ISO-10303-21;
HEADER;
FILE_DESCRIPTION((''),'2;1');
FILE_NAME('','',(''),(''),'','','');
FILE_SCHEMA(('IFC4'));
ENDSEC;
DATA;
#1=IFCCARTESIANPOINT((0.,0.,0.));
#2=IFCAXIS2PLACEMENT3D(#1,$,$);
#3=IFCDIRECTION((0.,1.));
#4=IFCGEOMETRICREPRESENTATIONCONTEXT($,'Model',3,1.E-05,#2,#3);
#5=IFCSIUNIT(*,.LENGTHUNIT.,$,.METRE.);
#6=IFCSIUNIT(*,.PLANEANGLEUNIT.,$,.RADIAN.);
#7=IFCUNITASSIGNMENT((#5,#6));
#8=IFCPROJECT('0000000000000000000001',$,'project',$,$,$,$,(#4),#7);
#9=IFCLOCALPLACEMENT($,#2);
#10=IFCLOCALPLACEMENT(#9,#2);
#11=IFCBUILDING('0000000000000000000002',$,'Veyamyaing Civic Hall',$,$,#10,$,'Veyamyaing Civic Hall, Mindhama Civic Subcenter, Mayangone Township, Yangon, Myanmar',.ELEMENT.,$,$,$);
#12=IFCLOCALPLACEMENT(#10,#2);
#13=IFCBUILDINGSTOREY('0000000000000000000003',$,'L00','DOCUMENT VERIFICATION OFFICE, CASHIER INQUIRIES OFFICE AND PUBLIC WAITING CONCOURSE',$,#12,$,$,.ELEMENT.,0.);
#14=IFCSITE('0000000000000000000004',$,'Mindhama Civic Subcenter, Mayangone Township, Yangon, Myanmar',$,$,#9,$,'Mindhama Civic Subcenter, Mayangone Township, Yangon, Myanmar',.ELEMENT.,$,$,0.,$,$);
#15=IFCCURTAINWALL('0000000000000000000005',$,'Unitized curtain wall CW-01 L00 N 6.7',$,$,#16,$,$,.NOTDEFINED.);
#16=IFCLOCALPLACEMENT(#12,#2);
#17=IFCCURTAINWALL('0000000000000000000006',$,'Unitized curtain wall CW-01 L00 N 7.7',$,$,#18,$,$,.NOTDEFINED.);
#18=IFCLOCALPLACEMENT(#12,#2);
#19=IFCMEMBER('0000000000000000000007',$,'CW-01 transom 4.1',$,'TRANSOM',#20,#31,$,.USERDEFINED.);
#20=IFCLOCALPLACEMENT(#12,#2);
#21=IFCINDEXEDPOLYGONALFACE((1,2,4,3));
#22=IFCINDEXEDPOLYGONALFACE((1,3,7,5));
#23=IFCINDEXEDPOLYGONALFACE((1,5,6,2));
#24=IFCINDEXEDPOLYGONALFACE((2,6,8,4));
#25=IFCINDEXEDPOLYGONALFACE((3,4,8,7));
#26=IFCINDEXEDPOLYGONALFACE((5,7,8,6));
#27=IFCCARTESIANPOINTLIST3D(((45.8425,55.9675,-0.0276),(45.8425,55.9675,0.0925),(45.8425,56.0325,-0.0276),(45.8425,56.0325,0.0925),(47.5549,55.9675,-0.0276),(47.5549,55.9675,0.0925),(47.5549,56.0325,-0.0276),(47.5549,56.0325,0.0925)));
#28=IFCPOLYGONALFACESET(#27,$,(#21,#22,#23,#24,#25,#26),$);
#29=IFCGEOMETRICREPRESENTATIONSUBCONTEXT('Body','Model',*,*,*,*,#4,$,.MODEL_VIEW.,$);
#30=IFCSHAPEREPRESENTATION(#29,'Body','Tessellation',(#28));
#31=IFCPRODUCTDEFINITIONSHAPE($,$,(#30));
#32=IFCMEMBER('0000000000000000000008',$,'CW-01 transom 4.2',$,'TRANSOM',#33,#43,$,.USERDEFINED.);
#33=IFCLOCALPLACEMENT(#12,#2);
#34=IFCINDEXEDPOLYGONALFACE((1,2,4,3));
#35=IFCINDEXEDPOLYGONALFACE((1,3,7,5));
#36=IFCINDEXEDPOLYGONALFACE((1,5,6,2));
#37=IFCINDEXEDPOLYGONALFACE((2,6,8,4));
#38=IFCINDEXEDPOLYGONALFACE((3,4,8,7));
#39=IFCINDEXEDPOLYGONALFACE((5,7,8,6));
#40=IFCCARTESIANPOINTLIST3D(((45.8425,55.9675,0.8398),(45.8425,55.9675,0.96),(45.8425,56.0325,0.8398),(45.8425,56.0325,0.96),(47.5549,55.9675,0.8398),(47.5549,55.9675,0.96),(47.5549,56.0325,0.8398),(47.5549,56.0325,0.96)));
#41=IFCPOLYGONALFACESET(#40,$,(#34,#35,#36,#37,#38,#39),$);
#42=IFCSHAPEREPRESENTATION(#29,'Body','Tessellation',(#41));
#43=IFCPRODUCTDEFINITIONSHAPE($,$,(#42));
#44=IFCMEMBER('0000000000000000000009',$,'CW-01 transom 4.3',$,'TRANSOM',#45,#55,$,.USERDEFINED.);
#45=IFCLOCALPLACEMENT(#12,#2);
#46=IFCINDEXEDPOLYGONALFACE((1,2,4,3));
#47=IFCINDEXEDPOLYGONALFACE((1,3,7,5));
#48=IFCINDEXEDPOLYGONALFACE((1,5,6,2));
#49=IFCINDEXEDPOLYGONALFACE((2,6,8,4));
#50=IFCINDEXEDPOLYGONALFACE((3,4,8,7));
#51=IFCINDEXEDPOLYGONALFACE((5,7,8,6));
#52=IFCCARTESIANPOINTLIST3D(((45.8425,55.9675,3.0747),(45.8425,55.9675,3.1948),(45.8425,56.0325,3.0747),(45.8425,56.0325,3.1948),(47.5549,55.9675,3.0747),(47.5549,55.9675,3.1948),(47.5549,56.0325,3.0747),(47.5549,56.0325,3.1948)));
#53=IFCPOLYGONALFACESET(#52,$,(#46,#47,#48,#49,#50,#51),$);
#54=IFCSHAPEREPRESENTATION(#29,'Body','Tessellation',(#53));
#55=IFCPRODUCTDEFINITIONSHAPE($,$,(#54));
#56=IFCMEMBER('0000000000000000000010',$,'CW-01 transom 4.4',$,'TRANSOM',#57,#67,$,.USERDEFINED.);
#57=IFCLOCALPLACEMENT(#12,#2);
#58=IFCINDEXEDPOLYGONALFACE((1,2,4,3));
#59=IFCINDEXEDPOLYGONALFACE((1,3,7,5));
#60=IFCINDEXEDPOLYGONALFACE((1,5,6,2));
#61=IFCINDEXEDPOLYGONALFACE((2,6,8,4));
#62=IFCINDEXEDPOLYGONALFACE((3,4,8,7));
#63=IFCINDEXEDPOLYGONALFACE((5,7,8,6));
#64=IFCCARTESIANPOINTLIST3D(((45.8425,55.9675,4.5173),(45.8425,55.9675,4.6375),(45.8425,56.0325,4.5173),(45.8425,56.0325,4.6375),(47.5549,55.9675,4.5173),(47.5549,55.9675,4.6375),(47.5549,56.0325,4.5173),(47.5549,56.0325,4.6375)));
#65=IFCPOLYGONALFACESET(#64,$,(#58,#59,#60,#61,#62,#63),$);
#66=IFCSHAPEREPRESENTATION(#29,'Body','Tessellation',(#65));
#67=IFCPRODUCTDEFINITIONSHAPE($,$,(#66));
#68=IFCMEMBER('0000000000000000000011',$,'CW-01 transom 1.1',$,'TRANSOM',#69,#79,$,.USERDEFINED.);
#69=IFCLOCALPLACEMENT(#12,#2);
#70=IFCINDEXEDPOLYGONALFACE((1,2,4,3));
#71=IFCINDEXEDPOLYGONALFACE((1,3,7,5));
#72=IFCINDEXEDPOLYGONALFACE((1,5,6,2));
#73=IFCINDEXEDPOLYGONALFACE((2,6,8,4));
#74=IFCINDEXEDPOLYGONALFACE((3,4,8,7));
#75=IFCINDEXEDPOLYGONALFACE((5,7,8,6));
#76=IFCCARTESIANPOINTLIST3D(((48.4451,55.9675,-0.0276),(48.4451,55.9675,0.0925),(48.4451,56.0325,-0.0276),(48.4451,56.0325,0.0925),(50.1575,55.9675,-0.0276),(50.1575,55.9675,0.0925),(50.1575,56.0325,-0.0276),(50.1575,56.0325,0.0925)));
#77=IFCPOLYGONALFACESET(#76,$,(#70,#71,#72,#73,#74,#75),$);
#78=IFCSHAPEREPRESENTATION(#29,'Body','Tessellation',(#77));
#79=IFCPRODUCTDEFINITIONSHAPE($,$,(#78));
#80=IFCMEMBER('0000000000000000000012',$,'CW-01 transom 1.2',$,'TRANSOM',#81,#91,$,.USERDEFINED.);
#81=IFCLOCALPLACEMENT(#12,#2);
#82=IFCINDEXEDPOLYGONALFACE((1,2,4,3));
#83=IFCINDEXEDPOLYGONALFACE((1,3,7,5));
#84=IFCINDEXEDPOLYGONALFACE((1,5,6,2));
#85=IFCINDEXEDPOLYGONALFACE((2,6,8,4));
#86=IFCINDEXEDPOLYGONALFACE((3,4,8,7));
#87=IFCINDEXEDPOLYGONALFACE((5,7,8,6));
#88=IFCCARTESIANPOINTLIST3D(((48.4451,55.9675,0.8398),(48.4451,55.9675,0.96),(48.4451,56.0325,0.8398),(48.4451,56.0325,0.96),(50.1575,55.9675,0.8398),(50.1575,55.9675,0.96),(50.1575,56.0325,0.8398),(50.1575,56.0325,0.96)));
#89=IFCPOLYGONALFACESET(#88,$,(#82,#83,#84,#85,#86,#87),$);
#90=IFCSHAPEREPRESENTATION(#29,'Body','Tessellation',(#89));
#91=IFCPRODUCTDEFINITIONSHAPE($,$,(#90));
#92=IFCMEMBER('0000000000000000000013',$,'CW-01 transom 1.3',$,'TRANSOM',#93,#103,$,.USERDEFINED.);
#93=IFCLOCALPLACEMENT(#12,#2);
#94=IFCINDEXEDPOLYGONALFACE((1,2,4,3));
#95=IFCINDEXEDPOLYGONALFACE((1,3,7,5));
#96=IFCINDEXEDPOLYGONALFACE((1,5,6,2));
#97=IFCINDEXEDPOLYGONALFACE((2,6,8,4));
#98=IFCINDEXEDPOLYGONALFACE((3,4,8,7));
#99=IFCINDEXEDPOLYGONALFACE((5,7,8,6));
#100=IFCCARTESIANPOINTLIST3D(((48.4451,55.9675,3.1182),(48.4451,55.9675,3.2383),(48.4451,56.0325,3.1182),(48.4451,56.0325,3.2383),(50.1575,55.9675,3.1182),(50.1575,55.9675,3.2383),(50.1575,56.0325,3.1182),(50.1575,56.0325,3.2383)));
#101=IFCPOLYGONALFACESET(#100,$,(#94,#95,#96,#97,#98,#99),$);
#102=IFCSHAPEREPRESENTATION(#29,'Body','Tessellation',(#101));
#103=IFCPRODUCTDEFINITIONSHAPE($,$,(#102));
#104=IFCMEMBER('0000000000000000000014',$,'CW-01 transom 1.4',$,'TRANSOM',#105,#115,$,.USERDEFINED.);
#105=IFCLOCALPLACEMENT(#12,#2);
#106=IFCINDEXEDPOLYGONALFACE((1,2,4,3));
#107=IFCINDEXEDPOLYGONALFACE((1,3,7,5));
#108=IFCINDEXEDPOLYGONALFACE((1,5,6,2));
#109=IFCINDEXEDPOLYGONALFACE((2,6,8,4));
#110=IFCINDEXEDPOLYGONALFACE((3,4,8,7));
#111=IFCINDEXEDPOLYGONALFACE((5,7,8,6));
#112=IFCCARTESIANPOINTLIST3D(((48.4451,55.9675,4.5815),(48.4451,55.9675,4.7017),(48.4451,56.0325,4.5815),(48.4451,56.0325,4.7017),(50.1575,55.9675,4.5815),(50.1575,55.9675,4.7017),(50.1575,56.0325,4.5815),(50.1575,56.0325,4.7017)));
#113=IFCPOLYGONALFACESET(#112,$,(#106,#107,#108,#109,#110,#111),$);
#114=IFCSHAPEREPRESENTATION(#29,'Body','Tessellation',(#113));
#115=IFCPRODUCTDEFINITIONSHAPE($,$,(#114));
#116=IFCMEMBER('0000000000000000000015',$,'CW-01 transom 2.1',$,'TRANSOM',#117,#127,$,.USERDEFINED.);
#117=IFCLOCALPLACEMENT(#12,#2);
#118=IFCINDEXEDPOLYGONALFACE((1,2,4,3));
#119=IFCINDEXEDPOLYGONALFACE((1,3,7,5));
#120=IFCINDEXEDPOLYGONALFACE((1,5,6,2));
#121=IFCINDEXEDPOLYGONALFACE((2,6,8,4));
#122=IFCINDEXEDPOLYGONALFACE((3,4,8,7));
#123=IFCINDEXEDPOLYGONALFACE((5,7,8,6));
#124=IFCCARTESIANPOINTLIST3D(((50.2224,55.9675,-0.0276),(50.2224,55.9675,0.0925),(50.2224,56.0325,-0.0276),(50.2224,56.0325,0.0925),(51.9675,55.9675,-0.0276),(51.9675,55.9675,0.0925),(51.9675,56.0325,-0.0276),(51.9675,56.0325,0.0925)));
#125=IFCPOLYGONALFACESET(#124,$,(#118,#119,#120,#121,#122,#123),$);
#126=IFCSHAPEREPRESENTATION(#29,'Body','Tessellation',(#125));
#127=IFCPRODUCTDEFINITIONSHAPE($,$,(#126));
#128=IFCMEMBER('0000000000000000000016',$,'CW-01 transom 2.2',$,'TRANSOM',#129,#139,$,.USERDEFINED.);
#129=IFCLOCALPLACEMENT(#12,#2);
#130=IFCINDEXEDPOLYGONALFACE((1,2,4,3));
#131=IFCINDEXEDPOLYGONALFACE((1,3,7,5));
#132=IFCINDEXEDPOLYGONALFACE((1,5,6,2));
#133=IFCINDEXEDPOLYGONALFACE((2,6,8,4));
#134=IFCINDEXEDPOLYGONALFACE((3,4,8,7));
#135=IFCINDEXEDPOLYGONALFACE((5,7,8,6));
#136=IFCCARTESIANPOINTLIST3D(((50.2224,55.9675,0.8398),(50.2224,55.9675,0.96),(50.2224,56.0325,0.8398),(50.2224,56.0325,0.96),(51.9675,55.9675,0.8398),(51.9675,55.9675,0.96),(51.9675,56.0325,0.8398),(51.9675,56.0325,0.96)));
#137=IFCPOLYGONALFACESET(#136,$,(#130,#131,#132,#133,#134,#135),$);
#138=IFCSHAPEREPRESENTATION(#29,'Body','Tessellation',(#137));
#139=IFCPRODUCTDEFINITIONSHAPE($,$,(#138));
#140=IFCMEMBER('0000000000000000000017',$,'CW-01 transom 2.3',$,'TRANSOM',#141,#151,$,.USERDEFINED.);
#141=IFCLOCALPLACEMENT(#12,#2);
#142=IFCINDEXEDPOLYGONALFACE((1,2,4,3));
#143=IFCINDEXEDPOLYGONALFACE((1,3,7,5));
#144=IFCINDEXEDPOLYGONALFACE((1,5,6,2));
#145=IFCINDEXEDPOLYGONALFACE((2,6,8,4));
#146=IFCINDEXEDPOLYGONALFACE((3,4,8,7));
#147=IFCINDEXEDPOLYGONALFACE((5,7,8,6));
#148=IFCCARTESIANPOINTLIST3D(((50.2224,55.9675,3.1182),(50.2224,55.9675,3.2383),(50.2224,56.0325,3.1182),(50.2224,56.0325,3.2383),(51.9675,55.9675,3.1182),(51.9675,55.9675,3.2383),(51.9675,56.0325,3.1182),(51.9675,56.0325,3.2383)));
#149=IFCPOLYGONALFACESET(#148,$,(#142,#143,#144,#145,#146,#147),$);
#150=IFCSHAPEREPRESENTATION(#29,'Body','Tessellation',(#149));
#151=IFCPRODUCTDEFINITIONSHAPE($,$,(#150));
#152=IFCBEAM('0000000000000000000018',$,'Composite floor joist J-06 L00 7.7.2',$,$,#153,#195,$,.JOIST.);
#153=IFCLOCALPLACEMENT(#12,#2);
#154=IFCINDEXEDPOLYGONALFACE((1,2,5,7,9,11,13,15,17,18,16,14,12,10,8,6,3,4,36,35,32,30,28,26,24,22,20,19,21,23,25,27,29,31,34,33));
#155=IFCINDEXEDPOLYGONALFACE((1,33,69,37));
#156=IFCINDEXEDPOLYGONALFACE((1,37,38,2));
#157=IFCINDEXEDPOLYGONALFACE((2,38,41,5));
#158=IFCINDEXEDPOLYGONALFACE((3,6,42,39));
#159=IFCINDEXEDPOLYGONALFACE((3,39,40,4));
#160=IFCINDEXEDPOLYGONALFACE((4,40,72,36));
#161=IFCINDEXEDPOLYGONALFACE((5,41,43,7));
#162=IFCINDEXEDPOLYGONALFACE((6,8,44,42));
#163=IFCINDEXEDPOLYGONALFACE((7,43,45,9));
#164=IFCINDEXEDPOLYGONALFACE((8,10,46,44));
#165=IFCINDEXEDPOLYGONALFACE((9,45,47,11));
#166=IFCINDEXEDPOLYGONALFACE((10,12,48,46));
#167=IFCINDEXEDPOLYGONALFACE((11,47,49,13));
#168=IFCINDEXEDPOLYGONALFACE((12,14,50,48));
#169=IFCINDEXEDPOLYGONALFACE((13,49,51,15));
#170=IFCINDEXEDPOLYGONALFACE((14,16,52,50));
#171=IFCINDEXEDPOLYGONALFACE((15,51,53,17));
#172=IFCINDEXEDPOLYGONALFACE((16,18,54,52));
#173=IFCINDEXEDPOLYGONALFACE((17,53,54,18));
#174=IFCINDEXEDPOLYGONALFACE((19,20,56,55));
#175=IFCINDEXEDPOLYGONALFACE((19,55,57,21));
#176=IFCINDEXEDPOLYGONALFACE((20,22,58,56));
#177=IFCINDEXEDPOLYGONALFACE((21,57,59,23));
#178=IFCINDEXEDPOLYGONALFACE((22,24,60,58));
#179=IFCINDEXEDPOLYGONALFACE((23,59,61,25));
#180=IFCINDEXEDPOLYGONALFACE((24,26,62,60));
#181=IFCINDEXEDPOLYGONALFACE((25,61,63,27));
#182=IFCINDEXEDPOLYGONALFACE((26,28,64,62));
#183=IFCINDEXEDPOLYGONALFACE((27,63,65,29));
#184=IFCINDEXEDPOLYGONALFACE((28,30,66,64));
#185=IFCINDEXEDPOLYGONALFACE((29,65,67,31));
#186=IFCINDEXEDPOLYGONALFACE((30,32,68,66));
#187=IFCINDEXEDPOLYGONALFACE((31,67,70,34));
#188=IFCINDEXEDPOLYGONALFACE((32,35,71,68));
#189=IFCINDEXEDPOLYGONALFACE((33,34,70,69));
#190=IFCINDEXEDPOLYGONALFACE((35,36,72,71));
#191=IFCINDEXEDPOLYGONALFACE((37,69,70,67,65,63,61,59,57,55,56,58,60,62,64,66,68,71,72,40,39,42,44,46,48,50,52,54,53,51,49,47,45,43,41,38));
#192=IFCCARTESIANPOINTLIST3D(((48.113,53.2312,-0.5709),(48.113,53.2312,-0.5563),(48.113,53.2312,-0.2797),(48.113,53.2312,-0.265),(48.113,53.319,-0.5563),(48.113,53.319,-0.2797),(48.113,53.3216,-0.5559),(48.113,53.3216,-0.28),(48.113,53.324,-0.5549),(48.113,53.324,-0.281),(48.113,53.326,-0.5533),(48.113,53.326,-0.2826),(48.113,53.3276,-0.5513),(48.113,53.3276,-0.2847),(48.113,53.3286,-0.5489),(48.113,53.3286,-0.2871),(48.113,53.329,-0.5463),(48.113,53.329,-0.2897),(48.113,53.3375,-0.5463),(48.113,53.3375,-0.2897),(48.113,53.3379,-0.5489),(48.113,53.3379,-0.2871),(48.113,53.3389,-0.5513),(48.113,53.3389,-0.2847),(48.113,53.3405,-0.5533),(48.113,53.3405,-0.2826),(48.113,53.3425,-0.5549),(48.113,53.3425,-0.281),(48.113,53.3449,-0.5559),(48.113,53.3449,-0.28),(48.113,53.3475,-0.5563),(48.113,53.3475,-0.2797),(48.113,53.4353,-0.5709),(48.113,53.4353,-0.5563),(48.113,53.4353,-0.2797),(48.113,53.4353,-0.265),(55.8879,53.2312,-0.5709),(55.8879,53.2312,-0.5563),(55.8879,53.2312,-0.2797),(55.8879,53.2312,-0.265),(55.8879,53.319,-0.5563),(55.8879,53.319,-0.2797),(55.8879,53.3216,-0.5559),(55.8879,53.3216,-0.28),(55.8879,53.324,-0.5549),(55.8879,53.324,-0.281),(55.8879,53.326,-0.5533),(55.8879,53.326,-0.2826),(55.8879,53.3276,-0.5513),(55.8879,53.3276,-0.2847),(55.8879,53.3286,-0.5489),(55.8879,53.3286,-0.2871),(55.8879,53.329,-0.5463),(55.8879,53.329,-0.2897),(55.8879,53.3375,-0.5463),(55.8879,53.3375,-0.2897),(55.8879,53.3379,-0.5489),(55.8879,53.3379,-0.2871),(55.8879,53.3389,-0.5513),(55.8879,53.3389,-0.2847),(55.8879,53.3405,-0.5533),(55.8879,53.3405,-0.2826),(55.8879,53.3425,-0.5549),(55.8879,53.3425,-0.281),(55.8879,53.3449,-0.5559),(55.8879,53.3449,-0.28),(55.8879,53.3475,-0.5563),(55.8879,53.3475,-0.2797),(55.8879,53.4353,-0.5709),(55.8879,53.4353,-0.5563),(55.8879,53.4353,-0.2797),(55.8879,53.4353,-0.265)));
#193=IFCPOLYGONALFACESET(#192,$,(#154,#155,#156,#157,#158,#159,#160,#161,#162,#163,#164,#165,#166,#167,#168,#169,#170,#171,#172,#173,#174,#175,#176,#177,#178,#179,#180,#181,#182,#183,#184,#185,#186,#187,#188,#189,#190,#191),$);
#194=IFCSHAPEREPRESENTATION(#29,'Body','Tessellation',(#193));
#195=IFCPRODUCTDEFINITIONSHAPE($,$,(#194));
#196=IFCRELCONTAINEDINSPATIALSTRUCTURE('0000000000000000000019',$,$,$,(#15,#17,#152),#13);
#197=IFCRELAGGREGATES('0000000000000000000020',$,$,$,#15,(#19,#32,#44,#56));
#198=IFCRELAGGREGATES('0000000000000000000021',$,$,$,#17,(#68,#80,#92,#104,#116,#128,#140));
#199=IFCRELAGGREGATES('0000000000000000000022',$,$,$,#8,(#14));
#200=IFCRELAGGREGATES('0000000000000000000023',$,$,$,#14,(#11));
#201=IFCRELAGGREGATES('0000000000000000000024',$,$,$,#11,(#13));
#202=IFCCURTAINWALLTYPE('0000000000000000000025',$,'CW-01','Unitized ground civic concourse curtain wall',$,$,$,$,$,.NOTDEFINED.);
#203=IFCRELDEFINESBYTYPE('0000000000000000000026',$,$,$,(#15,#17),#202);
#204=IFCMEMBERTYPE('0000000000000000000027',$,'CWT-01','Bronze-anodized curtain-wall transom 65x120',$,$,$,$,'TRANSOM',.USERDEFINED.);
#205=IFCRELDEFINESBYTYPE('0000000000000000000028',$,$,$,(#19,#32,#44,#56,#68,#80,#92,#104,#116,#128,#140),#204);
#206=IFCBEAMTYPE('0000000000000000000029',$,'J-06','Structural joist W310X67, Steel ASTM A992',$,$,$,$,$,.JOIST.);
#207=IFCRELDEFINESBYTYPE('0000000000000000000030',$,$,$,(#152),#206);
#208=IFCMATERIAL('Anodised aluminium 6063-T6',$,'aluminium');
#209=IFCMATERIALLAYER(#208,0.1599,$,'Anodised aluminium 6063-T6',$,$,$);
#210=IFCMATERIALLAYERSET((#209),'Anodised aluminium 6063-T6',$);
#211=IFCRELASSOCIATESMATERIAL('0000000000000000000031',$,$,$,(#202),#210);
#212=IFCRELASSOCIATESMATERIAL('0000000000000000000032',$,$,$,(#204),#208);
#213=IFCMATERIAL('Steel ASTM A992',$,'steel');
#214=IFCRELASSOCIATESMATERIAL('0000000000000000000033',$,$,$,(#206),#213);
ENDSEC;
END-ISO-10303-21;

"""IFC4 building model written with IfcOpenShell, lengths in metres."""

from ifc_helpers import new_model, si_unit, direction, frame, origin, origin_2d, place, context, subcontext, project, spatial, rectangle, i_section, extrude, material, layer, layer_set, material_profile, profile_set, type_object, element, aggregate, save


model = new_model("IFC4")

# Units and contexts
model_context = context("Model", 3, precision=1e-05, world=origin(), true_north=direction((0.0, 1.0)))
body_context = subcontext(model_context, "Body", "Model", "MODEL_VIEW")
ifc_project = project(units=[si_unit("LENGTHUNIT", "METRE"), si_unit("PLANEANGLEUNIT", "RADIAN")], contexts=[model_context])

# Site, building, storey
site_placement = place(None, origin())
site = spatial("IfcSite", under=ifc_project, at=site_placement, Name="Mindhama Civic Subcenter, Mayangone Township, Yangon, Myanmar", LongName="Mindhama Civic Subcenter, Mayangone Township, Yangon, Myanmar", CompositionType="ELEMENT", RefElevation=0.0)
building_placement = place(site_placement, origin())
building = spatial("IfcBuilding", under=site, at=building_placement, Name="Veyamyaing Civic Hall", LongName="Veyamyaing Civic Hall, Mindhama Civic Subcenter, Mayangone Township, Yangon, Myanmar", CompositionType="ELEMENT")
storey_placement = place(building_placement, origin())
storey = spatial("IfcBuildingStorey", under=building, at=storey_placement, Name="L00", Description="DOCUMENT VERIFICATION OFFICE, CASHIER INQUIRIES OFFICE AND PUBLIC WAITING CONCOURSE", CompositionType="ELEMENT", Elevation=0.0)

# Shared definitions
ifc_material_1 = material(Name="Steel ASTM A992", Category="steel")

# Curtain walls
ifc_material_2 = material(Name="Anodised aluminium 6063-T6", Category="aluminium")
ifc_layer_1 = layer(ifc_material_2, 0.1599, Name="Anodised aluminium 6063-T6")
ifc_layer_set_1 = layer_set([ifc_layer_1], Name="Anodised aluminium 6063-T6")
curtain_wall_type = type_object("IfcCurtainWallType", Name="CW-01", Description="Unitized ground civic concourse curtain wall", PredefinedType="NOTDEFINED", material=ifc_layer_set_1)
curtain_wall_1_placement = place(storey_placement, origin())
curtain_wall_1 = element("IfcCurtainWall", 1, at=curtain_wall_1_placement, inside=storey, type_object=curtain_wall_type, Name="Unitized curtain wall CW-01 L00 N 6.7", PredefinedType="NOTDEFINED")
curtain_wall_2_placement = place(storey_placement, origin())
curtain_wall_2 = element("IfcCurtainWall", 2, at=curtain_wall_2_placement, inside=storey, type_object=curtain_wall_type, Name="Unitized curtain wall CW-01 L00 N 7.7", PredefinedType="NOTDEFINED")

# Members
ifc_material_profile_1 = material_profile(ifc_material_2, rectangle(XDim=0.0649, YDim=0.1201, at=origin_2d()), Name="ALU-TRN-65X120")
ifc_profile_set_1 = profile_set([ifc_material_profile_1], Name="Anodised aluminium 6063-T6")
member_type_1 = type_object("IfcMemberType", Name="CWT-01", Description="Bronze-anodized curtain-wall transom 65x120", ElementType="TRANSOM", PredefinedType="USERDEFINED", material=ifc_profile_set_1)
member_1_placement = place(storey_placement, frame((45.8425, 56.0, 0.0325), z_axis=(1.0, 0.0, 0.0), x_axis=(0.0, 1.0, 0.0)))
member_1 = element("IfcMember", 3, at=member_1_placement, type_object=member_type_1, Name="CW-01 transom 4.1", ObjectType="TRANSOM", PredefinedType="USERDEFINED", context=body_context, shape_type="SweptSolid", body=[
    extrude(rectangle(XDim=0.0649, YDim=0.1201, at=origin_2d()), origin(), (0.0, 0.0, 1.0), 1.7124),
])
member_2_placement = place(storey_placement, frame((45.8425, 56.0, 0.8999), z_axis=(1.0, 0.0, 0.0), x_axis=(0.0, 1.0, 0.0)))
member_2 = element("IfcMember", 4, at=member_2_placement, type_object=member_type_1, Name="CW-01 transom 4.2", ObjectType="TRANSOM", PredefinedType="USERDEFINED", context=body_context, shape_type="SweptSolid", body=[
    extrude(rectangle(XDim=0.0649, YDim=0.1201, at=origin_2d()), origin(), (0.0, 0.0, 1.0), 1.7124),
])
member_3_placement = place(storey_placement, frame((45.8425, 56.0, 3.1348), z_axis=(1.0, 0.0, 0.0), x_axis=(0.0, 1.0, 0.0)))
member_3 = element("IfcMember", 5, at=member_3_placement, type_object=member_type_1, Name="CW-01 transom 4.3", ObjectType="TRANSOM", PredefinedType="USERDEFINED", context=body_context, shape_type="SweptSolid", body=[
    extrude(rectangle(XDim=0.0649, YDim=0.1201, at=origin_2d()), origin(), (0.0, 0.0, 1.0), 1.7124),
])
member_4_placement = place(storey_placement, frame((45.8425, 56.0, 4.5774), z_axis=(1.0, 0.0, 0.0), x_axis=(0.0, 1.0, 0.0)))
member_4 = element("IfcMember", 6, at=member_4_placement, type_object=member_type_1, Name="CW-01 transom 4.4", ObjectType="TRANSOM", PredefinedType="USERDEFINED", context=body_context, shape_type="SweptSolid", body=[
    extrude(rectangle(XDim=0.0649, YDim=0.1201, at=origin_2d()), origin(), (0.0, 0.0, 1.0), 1.7124),
])
member_5_placement = place(storey_placement, frame((48.4451, 56.0, 0.0325), z_axis=(1.0, 0.0, 0.0), x_axis=(0.0, 1.0, 0.0)))
member_5 = element("IfcMember", 7, at=member_5_placement, type_object=member_type_1, Name="CW-01 transom 1.1", ObjectType="TRANSOM", PredefinedType="USERDEFINED", context=body_context, shape_type="SweptSolid", body=[
    extrude(rectangle(XDim=0.0649, YDim=0.1201, at=origin_2d()), origin(), (0.0, 0.0, 1.0), 1.7124),
])
member_6_placement = place(storey_placement, frame((48.4451, 56.0, 0.8999), z_axis=(1.0, 0.0, 0.0), x_axis=(0.0, 1.0, 0.0)))
member_6 = element("IfcMember", 8, at=member_6_placement, type_object=member_type_1, Name="CW-01 transom 1.2", ObjectType="TRANSOM", PredefinedType="USERDEFINED", context=body_context, shape_type="SweptSolid", body=[
    extrude(rectangle(XDim=0.0649, YDim=0.1201, at=origin_2d()), origin(), (0.0, 0.0, 1.0), 1.7124),
])
member_7_placement = place(storey_placement, frame((48.4451, 56.0, 3.1782), z_axis=(1.0, 0.0, 0.0), x_axis=(0.0, 1.0, 0.0)))
member_7 = element("IfcMember", 9, at=member_7_placement, type_object=member_type_1, Name="CW-01 transom 1.3", ObjectType="TRANSOM", PredefinedType="USERDEFINED", context=body_context, shape_type="SweptSolid", body=[
    extrude(rectangle(XDim=0.0649, YDim=0.1201, at=origin_2d()), origin(), (0.0, 0.0, 1.0), 1.7124),
])
member_8_placement = place(storey_placement, frame((48.4451, 56.0, 4.6416), z_axis=(1.0, 0.0, 0.0), x_axis=(0.0, 1.0, 0.0)))
member_8 = element("IfcMember", 10, at=member_8_placement, type_object=member_type_1, Name="CW-01 transom 1.4", ObjectType="TRANSOM", PredefinedType="USERDEFINED", context=body_context, shape_type="SweptSolid", body=[
    extrude(rectangle(XDim=0.0649, YDim=0.1201, at=origin_2d()), origin(), (0.0, 0.0, 1.0), 1.7124),
])
member_9_placement = place(storey_placement, frame((50.2224, 56.0, 0.0325), z_axis=(1.0, 0.0, 0.0), x_axis=(0.0, 1.0, 0.0)))
member_9 = element("IfcMember", 11, at=member_9_placement, type_object=member_type_1, Name="CW-01 transom 2.1", ObjectType="TRANSOM", PredefinedType="USERDEFINED", context=body_context, shape_type="SweptSolid", body=[
    extrude(rectangle(XDim=0.0649, YDim=0.1201, at=origin_2d()), origin(), (0.0, 0.0, 1.0), 1.7451),
])
member_10_placement = place(storey_placement, frame((50.2224, 56.0, 0.8999), z_axis=(1.0, 0.0, 0.0), x_axis=(0.0, 1.0, 0.0)))
member_10 = element("IfcMember", 12, at=member_10_placement, type_object=member_type_1, Name="CW-01 transom 2.2", ObjectType="TRANSOM", PredefinedType="USERDEFINED", context=body_context, shape_type="SweptSolid", body=[
    extrude(rectangle(XDim=0.0649, YDim=0.1201, at=origin_2d()), origin(), (0.0, 0.0, 1.0), 1.7451),
])
member_11_placement = place(storey_placement, frame((50.2224, 56.0, 3.1782), z_axis=(1.0, 0.0, 0.0), x_axis=(0.0, 1.0, 0.0)))
member_11 = element("IfcMember", 13, at=member_11_placement, type_object=member_type_1, Name="CW-01 transom 2.3", ObjectType="TRANSOM", PredefinedType="USERDEFINED", context=body_context, shape_type="SweptSolid", body=[
    extrude(rectangle(XDim=0.0649, YDim=0.1201, at=origin_2d()), origin(), (0.0, 0.0, 1.0), 1.7451),
])

# Beam
ifc_material_profile_2 = material_profile(ifc_material_1, i_section(OverallWidth=0.2041, OverallDepth=0.3059, WebThickness=0.0085, FlangeThickness=0.0146, FilletRadius=0.01, at=origin_2d()), Name="W310X67")
ifc_profile_set_2 = profile_set([ifc_material_profile_2], Name="Steel ASTM A992")
beam_type_1 = type_object("IfcBeamType", Name="J-06", Description="Structural joist W310X67, Steel ASTM A992", PredefinedType="JOIST", material=ifc_profile_set_2)
beam_1_placement = place(storey_placement, frame((48.113, 53.3333, -0.418), z_axis=(1.0, 0.0, 0.0), x_axis=(0.0, 1.0, 0.0)))
element("IfcBeam", 14, at=beam_1_placement, inside=storey, type_object=beam_type_1, Name="Composite floor joist J-06 L00 7.7.2", PredefinedType="JOIST", context=body_context, shape_type="SweptSolid", body=[
    extrude(i_section(OverallWidth=0.2041, OverallDepth=0.3059, WebThickness=0.0085, FlangeThickness=0.0146, FilletRadius=0.01, at=origin_2d()), origin(), (0.0, 0.0, 1.0), 7.7749),
])

aggregate(curtain_wall_1, [member_1, member_2, member_3, member_4])
aggregate(curtain_wall_2, [member_5, member_6, member_7, member_8, member_9, member_10, member_11])

save(model, "model.ifc")
